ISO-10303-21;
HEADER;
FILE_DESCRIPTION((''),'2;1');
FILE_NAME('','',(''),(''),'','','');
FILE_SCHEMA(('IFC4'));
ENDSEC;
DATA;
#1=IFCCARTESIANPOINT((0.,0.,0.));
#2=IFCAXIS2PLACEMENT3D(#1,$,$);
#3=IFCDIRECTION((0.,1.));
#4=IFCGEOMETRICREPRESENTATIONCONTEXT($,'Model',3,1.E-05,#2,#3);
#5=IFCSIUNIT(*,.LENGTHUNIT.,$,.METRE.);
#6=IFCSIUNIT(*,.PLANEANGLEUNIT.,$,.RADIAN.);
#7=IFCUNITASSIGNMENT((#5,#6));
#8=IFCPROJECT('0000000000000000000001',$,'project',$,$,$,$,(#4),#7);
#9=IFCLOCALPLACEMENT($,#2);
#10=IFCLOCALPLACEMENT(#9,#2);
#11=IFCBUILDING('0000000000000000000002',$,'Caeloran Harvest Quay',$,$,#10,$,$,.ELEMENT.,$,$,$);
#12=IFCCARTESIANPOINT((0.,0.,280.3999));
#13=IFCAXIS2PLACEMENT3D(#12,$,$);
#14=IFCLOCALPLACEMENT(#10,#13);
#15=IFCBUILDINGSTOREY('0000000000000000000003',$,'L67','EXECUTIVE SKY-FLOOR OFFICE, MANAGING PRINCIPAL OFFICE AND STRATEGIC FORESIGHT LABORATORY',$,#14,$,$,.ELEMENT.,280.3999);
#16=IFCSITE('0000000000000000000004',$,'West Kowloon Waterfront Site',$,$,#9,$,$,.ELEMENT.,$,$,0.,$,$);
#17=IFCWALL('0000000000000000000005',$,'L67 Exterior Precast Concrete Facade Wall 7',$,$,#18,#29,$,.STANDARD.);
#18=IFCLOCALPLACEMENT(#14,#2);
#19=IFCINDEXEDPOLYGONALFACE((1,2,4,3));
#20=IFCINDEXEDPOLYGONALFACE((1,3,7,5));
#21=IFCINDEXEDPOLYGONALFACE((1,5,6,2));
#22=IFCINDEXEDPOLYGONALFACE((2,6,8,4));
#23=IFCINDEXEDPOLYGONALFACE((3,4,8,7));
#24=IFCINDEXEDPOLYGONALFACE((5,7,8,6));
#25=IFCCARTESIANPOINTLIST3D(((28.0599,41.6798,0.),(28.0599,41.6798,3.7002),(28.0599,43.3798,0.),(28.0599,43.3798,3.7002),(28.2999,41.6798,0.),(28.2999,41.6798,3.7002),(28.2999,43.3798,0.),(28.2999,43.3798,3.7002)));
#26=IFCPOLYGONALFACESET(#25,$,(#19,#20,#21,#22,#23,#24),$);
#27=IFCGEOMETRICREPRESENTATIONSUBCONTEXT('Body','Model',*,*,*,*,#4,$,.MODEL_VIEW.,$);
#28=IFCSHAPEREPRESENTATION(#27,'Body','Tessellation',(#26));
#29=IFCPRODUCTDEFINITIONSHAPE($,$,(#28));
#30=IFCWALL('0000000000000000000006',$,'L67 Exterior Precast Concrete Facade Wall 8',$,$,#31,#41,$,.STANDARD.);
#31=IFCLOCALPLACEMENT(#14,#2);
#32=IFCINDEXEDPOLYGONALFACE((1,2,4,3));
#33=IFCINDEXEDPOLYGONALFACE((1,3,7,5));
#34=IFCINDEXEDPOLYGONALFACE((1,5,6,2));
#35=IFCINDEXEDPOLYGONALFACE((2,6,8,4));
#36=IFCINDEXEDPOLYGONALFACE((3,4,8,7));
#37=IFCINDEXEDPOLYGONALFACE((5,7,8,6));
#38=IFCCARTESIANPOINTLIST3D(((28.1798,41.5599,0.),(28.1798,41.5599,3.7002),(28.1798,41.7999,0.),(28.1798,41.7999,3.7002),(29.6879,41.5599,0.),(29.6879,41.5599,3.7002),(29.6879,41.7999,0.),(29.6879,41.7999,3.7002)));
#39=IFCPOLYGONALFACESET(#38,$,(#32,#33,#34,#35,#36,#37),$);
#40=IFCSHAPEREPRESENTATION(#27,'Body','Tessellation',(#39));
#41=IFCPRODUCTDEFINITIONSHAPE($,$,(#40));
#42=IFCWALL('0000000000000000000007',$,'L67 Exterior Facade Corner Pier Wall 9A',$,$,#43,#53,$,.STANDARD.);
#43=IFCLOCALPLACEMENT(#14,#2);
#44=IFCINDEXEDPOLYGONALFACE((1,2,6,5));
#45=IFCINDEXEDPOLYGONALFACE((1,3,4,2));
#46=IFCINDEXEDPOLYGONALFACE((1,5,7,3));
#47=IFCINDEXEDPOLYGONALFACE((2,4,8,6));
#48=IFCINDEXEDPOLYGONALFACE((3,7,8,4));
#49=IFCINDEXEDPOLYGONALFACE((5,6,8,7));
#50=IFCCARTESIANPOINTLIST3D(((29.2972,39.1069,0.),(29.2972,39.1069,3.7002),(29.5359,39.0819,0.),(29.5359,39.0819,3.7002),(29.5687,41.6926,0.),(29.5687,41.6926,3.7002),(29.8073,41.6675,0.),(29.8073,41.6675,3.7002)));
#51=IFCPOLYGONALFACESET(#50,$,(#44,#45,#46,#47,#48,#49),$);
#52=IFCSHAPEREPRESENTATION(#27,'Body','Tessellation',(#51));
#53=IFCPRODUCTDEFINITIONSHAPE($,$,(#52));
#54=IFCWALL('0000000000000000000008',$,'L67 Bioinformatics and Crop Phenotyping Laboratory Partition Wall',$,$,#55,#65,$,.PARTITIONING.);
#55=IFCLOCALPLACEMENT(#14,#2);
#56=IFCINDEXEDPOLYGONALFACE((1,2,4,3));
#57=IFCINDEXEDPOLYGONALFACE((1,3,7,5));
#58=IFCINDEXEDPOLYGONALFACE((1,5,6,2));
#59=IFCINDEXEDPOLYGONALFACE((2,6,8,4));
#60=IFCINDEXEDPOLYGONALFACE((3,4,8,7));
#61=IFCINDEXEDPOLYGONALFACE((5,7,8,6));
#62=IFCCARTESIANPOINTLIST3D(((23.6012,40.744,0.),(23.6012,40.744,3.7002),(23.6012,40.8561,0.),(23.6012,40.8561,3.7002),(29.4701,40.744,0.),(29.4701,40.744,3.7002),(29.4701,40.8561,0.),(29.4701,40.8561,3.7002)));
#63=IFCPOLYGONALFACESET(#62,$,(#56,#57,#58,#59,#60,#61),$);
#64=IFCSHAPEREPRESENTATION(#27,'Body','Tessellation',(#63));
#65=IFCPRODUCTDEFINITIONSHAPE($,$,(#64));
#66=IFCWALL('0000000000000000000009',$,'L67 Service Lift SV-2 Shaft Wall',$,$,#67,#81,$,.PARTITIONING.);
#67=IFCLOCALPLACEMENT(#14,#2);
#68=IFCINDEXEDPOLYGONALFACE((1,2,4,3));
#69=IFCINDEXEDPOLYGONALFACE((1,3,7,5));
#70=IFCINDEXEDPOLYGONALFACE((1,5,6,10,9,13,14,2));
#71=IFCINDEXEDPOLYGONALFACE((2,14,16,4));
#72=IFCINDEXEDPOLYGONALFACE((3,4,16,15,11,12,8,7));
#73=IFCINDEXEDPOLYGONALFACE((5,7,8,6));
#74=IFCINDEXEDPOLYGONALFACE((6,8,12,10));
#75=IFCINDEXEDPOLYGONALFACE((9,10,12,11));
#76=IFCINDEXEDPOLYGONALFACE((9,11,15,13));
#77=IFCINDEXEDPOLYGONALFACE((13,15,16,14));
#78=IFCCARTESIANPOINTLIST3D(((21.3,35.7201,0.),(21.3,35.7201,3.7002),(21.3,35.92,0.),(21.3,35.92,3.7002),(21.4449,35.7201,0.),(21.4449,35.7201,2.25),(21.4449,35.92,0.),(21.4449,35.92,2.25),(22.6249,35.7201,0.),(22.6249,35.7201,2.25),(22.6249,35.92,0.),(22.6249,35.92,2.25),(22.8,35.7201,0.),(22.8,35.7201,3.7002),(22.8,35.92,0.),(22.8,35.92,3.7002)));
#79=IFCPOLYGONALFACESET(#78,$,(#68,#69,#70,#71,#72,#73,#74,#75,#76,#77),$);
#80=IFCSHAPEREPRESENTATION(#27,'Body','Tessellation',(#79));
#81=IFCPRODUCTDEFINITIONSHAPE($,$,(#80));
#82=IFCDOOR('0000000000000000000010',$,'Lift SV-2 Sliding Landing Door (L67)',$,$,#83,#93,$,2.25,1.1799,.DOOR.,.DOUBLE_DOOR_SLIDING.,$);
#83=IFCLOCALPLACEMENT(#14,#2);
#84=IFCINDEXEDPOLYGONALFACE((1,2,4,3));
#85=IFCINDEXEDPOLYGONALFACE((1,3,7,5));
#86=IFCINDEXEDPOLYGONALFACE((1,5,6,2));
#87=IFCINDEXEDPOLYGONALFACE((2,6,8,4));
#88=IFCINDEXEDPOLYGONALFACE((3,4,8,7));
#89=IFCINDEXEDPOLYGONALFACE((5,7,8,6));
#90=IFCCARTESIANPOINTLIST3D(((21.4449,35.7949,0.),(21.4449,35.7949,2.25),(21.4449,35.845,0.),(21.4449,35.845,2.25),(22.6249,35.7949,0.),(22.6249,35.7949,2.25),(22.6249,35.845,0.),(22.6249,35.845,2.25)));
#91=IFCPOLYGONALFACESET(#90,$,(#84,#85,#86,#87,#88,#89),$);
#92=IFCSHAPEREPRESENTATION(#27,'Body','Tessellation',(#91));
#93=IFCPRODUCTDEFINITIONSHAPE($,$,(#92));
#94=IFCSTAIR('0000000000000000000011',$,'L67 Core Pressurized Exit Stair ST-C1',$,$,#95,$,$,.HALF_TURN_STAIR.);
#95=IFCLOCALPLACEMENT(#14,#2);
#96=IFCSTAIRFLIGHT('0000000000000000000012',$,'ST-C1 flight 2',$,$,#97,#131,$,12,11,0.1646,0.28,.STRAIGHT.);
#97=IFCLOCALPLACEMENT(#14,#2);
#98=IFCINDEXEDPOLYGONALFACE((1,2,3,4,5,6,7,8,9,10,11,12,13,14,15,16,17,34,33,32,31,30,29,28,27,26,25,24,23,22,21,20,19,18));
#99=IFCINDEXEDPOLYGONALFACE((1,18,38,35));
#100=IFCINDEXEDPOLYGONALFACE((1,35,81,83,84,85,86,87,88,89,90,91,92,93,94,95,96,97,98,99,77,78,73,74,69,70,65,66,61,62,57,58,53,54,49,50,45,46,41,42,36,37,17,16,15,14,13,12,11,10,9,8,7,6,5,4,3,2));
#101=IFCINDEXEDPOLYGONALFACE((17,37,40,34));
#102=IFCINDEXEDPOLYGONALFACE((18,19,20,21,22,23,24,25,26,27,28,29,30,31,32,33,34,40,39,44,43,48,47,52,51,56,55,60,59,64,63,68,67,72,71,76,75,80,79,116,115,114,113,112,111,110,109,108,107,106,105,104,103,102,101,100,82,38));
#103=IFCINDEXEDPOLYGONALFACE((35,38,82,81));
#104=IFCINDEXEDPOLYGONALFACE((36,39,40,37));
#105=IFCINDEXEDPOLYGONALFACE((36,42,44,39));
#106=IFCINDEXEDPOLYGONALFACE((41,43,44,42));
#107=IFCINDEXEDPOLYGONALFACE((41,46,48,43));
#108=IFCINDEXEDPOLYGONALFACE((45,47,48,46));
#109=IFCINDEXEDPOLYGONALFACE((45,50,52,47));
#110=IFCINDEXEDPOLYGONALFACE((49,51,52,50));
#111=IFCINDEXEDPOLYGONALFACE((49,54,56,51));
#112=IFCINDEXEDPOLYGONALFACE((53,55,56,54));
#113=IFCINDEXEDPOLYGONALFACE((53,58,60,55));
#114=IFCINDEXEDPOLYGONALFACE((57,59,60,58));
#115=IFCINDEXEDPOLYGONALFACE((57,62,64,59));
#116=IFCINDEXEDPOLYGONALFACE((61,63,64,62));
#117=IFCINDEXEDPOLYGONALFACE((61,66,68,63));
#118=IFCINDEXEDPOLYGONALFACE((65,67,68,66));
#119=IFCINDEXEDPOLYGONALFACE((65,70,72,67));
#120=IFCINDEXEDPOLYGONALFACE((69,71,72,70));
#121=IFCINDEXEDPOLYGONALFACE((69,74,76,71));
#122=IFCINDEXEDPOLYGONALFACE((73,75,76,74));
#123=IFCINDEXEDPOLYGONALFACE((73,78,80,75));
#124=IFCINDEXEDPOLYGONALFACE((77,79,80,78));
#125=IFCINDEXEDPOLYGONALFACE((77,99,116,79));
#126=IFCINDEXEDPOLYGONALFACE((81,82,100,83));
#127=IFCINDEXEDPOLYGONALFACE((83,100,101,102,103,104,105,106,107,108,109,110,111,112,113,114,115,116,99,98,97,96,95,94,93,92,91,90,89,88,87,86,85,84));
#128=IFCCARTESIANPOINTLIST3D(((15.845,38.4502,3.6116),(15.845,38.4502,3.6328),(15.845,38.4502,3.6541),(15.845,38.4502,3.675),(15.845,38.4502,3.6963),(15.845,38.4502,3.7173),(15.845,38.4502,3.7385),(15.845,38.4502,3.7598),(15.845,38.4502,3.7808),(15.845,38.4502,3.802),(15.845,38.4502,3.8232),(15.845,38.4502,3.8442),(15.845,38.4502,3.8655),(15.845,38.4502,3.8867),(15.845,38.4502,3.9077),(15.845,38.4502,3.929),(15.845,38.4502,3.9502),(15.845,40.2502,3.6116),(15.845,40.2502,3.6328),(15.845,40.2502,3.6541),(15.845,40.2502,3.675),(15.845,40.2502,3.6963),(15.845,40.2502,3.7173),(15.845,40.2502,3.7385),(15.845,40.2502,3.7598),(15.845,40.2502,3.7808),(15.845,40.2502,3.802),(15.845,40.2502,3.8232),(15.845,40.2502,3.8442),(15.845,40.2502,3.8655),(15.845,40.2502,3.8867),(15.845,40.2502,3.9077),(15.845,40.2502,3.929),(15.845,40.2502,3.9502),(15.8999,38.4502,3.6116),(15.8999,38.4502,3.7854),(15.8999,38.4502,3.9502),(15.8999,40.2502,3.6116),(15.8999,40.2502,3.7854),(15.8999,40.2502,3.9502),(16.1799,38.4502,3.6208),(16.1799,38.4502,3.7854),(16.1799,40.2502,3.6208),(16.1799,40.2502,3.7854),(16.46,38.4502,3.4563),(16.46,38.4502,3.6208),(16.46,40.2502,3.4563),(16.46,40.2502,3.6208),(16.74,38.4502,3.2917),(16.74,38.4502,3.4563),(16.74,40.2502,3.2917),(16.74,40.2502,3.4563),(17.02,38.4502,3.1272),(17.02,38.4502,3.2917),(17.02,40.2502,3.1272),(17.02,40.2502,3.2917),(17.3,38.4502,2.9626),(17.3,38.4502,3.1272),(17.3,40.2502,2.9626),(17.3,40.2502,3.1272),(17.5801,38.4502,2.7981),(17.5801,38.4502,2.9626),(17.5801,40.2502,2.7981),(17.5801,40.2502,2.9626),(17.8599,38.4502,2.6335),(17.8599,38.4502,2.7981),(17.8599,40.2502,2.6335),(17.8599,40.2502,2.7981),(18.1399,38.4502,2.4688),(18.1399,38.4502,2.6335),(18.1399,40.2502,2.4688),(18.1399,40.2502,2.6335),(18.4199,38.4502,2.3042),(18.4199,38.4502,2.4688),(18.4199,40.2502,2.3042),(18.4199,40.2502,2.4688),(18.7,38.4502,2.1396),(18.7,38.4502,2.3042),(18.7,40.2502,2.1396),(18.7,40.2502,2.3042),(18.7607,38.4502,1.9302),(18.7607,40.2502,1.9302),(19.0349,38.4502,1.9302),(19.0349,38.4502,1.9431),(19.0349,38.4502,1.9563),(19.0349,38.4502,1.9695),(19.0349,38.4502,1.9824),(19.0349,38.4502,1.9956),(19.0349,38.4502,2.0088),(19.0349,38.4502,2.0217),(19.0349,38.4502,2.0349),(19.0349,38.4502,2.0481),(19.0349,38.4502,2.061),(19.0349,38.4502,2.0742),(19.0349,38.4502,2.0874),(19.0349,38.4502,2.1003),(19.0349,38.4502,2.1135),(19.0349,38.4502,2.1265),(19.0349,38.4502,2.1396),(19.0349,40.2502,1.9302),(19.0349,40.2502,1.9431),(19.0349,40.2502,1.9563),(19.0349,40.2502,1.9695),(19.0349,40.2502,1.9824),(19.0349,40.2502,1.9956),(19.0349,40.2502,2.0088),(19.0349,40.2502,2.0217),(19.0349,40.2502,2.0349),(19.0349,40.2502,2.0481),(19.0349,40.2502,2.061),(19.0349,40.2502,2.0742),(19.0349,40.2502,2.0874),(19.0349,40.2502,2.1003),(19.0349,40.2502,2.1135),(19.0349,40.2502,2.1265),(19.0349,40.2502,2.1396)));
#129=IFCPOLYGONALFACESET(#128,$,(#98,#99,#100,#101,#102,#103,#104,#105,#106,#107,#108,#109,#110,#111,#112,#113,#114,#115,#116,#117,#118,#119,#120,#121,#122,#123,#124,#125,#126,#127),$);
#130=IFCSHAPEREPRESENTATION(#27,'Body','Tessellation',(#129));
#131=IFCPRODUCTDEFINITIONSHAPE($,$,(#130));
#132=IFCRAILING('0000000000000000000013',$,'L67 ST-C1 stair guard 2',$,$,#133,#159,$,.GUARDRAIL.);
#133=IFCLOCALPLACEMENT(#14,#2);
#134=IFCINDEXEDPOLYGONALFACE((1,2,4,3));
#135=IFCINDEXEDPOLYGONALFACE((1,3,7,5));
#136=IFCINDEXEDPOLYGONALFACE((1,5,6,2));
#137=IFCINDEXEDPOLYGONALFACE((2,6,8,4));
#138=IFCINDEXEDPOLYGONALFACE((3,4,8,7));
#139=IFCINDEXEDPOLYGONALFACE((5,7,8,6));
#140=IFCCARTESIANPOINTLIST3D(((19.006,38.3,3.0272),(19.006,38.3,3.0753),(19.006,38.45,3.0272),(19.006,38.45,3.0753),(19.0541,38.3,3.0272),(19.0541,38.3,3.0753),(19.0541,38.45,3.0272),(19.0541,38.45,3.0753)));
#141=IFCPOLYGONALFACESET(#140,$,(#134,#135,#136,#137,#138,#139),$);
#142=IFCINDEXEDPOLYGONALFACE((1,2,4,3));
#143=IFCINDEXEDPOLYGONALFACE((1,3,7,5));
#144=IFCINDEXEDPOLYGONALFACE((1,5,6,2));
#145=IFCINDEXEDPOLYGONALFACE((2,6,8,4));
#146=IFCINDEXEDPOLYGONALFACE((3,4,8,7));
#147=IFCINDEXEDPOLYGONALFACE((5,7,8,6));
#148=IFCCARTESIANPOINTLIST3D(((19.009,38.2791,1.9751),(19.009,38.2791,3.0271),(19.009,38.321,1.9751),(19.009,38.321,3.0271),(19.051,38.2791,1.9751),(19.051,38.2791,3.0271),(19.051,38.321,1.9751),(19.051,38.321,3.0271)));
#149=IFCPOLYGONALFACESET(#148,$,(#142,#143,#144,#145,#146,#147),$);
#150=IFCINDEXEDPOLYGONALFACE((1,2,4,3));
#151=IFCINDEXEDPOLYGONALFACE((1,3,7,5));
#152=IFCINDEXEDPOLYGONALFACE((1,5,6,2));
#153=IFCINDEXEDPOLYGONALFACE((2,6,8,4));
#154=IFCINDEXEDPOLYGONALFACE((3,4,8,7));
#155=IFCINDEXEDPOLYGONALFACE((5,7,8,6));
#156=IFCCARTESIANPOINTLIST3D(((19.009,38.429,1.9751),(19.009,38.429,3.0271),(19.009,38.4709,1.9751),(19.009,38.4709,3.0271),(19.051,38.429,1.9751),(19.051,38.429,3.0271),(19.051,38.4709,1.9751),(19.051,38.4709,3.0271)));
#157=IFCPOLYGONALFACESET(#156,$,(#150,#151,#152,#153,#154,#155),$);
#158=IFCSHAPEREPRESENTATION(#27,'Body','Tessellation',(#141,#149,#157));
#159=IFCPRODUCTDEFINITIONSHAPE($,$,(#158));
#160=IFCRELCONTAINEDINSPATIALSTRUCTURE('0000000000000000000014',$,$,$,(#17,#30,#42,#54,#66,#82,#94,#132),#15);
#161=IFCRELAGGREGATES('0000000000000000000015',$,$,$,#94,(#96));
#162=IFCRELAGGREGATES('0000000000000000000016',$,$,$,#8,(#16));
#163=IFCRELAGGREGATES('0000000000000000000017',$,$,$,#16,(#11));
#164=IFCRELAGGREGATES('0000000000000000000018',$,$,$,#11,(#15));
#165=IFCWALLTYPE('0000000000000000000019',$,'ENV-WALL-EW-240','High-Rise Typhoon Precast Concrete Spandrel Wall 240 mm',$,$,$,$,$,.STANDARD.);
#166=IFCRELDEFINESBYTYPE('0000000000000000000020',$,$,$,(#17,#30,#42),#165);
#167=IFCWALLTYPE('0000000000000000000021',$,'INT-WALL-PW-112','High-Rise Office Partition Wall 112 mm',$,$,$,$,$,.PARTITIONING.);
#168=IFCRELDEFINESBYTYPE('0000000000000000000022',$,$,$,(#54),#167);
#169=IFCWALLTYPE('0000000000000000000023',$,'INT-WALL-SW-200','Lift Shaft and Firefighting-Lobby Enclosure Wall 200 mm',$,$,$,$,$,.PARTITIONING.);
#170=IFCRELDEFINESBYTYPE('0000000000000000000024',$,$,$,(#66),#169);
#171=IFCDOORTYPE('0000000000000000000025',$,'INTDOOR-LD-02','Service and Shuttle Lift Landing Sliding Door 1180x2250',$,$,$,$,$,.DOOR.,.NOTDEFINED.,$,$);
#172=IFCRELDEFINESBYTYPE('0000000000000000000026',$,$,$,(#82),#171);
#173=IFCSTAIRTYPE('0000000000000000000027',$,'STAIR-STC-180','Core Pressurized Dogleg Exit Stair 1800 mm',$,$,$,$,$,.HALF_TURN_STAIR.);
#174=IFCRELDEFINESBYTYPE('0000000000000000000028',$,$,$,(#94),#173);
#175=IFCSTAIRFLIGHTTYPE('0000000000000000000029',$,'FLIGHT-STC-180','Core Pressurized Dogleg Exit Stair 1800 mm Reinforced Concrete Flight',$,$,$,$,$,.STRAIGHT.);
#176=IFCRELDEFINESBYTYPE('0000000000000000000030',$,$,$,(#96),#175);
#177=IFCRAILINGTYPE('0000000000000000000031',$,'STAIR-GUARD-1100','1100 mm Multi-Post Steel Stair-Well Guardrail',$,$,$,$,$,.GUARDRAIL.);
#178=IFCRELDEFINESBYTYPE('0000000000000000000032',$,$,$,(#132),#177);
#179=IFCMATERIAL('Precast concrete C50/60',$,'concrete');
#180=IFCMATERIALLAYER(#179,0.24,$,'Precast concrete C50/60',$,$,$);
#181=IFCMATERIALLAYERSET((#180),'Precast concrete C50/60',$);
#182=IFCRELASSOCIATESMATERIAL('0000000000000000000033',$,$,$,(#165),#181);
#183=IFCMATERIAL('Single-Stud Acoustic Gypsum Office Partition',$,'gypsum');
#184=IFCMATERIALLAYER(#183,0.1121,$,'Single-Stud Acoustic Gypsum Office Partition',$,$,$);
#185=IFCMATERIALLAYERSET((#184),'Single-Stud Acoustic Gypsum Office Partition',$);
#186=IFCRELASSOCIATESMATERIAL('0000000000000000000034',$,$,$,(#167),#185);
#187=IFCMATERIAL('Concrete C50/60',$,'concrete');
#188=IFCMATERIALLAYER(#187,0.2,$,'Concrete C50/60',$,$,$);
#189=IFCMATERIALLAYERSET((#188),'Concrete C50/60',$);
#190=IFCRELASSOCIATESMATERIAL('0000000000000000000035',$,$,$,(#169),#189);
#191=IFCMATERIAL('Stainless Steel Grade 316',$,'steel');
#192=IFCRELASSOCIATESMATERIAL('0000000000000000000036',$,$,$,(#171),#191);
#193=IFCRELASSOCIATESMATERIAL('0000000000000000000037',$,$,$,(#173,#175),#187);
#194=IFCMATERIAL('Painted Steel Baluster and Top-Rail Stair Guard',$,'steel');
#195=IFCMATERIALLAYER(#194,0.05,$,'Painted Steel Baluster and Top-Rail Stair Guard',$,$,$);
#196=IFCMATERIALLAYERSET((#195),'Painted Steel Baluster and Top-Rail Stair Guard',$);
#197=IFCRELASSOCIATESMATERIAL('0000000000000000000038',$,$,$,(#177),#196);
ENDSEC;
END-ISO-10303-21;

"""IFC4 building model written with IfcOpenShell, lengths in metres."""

from ifc_helpers import new_model, si_unit, direction, frame, frame_2d, origin, origin_2d, place, context, subcontext, project, spatial, polyline, rectangle, outline, extrude, material, layer, layer_set, type_object, element, fill, aggregate, save


model = new_model("IFC4")

# Units and contexts
model_context = context("Model", 3, precision=1e-05, world=origin(), true_north=direction((0.0, 1.0)))
body_context = subcontext(model_context, "Body", "Model", "MODEL_VIEW")
ifc_project = project(units=[si_unit("LENGTHUNIT", "METRE"), si_unit("PLANEANGLEUNIT", "RADIAN")], contexts=[model_context])

# Site, building, storey
site_placement = place(None, origin())
site = spatial("IfcSite", under=ifc_project, at=site_placement, Name="West Kowloon Waterfront Site", CompositionType="ELEMENT", RefElevation=0.0)
building_placement = place(site_placement, origin())
building = spatial("IfcBuilding", under=site, at=building_placement, Name="Caeloran Harvest Quay", CompositionType="ELEMENT")
storey_placement = place(building_placement, frame((0.0, 0.0, 280.3999)))
storey = spatial("IfcBuildingStorey", under=building, at=storey_placement, Name="L67", Description="EXECUTIVE SKY-FLOOR OFFICE, MANAGING PRINCIPAL OFFICE AND STRATEGIC FORESIGHT LABORATORY", CompositionType="ELEMENT", Elevation=280.3999)

# Walls
ifc_material_1 = material(Name="Precast concrete C50/60", Category="concrete")
ifc_layer_1 = layer(ifc_material_1, 0.24, Name="Precast concrete C50/60")
ifc_layer_set_1 = layer_set([ifc_layer_1], Name="Precast concrete C50/60")
wall_type_1 = type_object("IfcWallType", Name="ENV-WALL-EW-240", Description="High-Rise Typhoon Precast Concrete Spandrel Wall 240 mm", PredefinedType="STANDARD", material=ifc_layer_set_1)
wall_1_placement = place(storey_placement, frame((28.1799, 43.3799, 0.0), z_axis=(0.0, 0.0, 1.0), x_axis=(0.0, -1.0, 0.0)))
element("IfcWall", 1, at=wall_1_placement, inside=storey, type_object=wall_type_1, Name="L67 Exterior Precast Concrete Facade Wall 7", PredefinedType="STANDARD", context=body_context, shape_type="SweptSolid", body=[
    extrude(rectangle(XDim=1.7, YDim=0.24, at=frame_2d((0.8501, 0.0))), origin(), (0.0, 0.0, 1.0), 3.7002),
])
wall_2_placement = place(storey_placement, frame((28.1799, 41.6799, 0.0), z_axis=(0.0, 0.0, 1.0), x_axis=(1.0, 0.0, 0.0)))
element("IfcWall", 2, at=wall_2_placement, inside=storey, type_object=wall_type_1, Name="L67 Exterior Precast Concrete Facade Wall 8", PredefinedType="STANDARD", context=body_context, shape_type="SweptSolid", body=[
    extrude(rectangle(XDim=1.5081, YDim=0.24, at=frame_2d((0.7539, 0.0))), origin(), (0.0, 0.0, 1.0), 3.7002),
])
wall_3_placement = place(storey_placement, frame((29.688, 41.6799, 0.0), z_axis=(0.0, 0.0, 1.0), x_axis=(-0.104421, -0.994533, 0.0)))
element("IfcWall", 3, at=wall_3_placement, inside=storey, type_object=wall_type_1, Name="L67 Exterior Facade Corner Pier Wall 9A", PredefinedType="STANDARD", context=body_context, shape_type="SweptSolid", body=[
    extrude(rectangle(XDim=2.5999, YDim=0.24, at=frame_2d((1.2998, 0.0))), origin(), (0.0, 0.0, 1.0), 3.7002),
])
ifc_material_2 = material(Name="Single-Stud Acoustic Gypsum Office Partition", Category="gypsum")
ifc_layer_2 = layer(ifc_material_2, 0.1121, Name="Single-Stud Acoustic Gypsum Office Partition")
ifc_layer_set_2 = layer_set([ifc_layer_2], Name="Single-Stud Acoustic Gypsum Office Partition")
wall_type_2 = type_object("IfcWallType", Name="INT-WALL-PW-112", Description="High-Rise Office Partition Wall 112 mm", PredefinedType="PARTITIONING", material=ifc_layer_set_2)
wall_4_placement = place(storey_placement, frame((23.6011, 40.8, 0.0), z_axis=(0.0, 0.0, 1.0), x_axis=(1.0, 0.0, 0.0)))
element("IfcWall", 4, at=wall_4_placement, inside=storey, type_object=wall_type_2, Name="L67 Bioinformatics and Crop Phenotyping Laboratory Partition Wall", PredefinedType="PARTITIONING", context=body_context, shape_type="SweptSolid", body=[
    extrude(rectangle(XDim=5.8689, YDim=0.1121, at=frame_2d((2.9346, 0.0))), origin(), (0.0, 0.0, 1.0), 3.7002),
])

# Wall, opening, door
ifc_material_3 = material(Name="Concrete C50/60", Category="concrete")
ifc_layer_3 = layer(ifc_material_3, 0.2, Name="Concrete C50/60")
ifc_layer_set_3 = layer_set([ifc_layer_3], Name="Concrete C50/60")
wall_type_3 = type_object("IfcWallType", Name="INT-WALL-SW-200", Description="Lift Shaft and Firefighting-Lobby Enclosure Wall 200 mm", PredefinedType="PARTITIONING", material=ifc_layer_set_3)
wall_5_placement = place(storey_placement, frame((21.3, 35.8201, 0.0), z_axis=(0.0, 0.0, 1.0), x_axis=(1.0, 0.0, 0.0)))
wall_5 = element("IfcWall", 5, at=wall_5_placement, inside=storey, type_object=wall_type_3, Name="L67 Service Lift SV-2 Shaft Wall", PredefinedType="PARTITIONING", context=body_context, shape_type="SweptSolid", body=[
    extrude(rectangle(XDim=1.5, YDim=0.2, at=frame_2d((0.75, 0.0))), origin(), (0.0, 0.0, 1.0), 3.7002),
])
opening_placement = place(wall_5_placement, frame((0.145, 0.0, 0.0)))
opening = element("IfcOpeningElement", 6, at=opening_placement, cuts=wall_5, PredefinedType="OPENING", context=body_context, shape_type="SweptSolid", body=[
    extrude(rectangle(XDim=1.1799, YDim=2.25, at=frame_2d((0.5898, 1.125))), frame((0.0, 0.1099, 0.0), z_axis=(0.0, -1.0, 0.0), x_axis=(1.0, 0.0, 0.0)), (0.0, 0.0, 1.0), 0.22),
])
ifc_material_4 = material(Name="Stainless Steel Grade 316", Category="steel")
door_type = type_object("IfcDoorType", Name="INTDOOR-LD-02", Description="Service and Shuttle Lift Landing Sliding Door 1180x2250", OperationType="NOTDEFINED", PredefinedType="DOOR", material=ifc_material_4)
door_placement = place(opening_placement, origin())
door = element("IfcDoor", 7, at=door_placement, inside=storey, type_object=door_type, Name="Lift SV-2 Sliding Landing Door (L67)", OperationType="DOUBLE_DOOR_SLIDING", OverallHeight=2.25, OverallWidth=1.1799, PredefinedType="DOOR", context=body_context, shape_type="SweptSolid", body=[
    extrude(rectangle(XDim=1.1799, YDim=2.25, at=frame_2d((0.5898, 1.125))), frame((0.0, 0.0249, 0.0), z_axis=(0.0, -1.0, 0.0), x_axis=(1.0, 0.0, 0.0)), (0.0, 0.0, 1.0), 0.05),
])
fill(opening, door)

# Stair, stair flight
stair_type = type_object("IfcStairType", Name="STAIR-STC-180", Description="Core Pressurized Dogleg Exit Stair 1800 mm", PredefinedType="HALF_TURN_STAIR", material=ifc_material_3)
stair_placement = place(storey_placement, origin())
stair = element("IfcStair", 8, at=stair_placement, inside=storey, type_object=stair_type, Name="L67 Core Pressurized Exit Stair ST-C1", PredefinedType="HALF_TURN_STAIR")
stair_flight_type = type_object("IfcStairFlightType", Name="FLIGHT-STC-180", Description="Core Pressurized Dogleg Exit Stair 1800 mm Reinforced Concrete Flight", PredefinedType="STRAIGHT", material=ifc_material_3)
stair_flight_placement = place(storey_placement, frame((18.98, 39.3501, 1.9751), z_axis=(0.0, 0.0, 1.0), x_axis=(-1.0, 0.0, 0.0)))
stair_flight = element("IfcStairFlight", 9, at=stair_flight_placement, type_object=stair_flight_type, Name="ST-C1 flight 2", NumberOfRisers=12, NumberOfTreads=11, PredefinedType="STRAIGHT", RiserHeight=0.1646, TreadLength=0.28, context=body_context, shape_type="SweptSolid", body=[
    extrude(outline(polyline([(-0.0549, -0.0449), (-0.0549, -0.032), (-0.0549, -0.0188), (-0.0549, -0.0056), (-0.0549, 0.0073), (-0.0549, 0.0205), (-0.0549, 0.0337), (-0.0549, 0.0466), (-0.0549, 0.0598), (-0.0549, 0.073), (-0.0549, 0.0859), (-0.0549, 0.0991), (-0.0549, 0.1123), (-0.0549, 0.1252), (-0.0549, 0.1384), (-0.0549, 0.1514), (-0.0549, 0.1646), (0.28, 0.1646), (0.28, 0.3291), (0.5601, 0.3291), (0.5601, 0.4937), (0.8401, 0.4937), (0.8401, 0.6584), (1.1201, 0.6584), (1.1201, 0.823), (1.3999, 0.823), (1.3999, 0.9875), (1.6799, 0.9875), (1.6799, 1.1521), (1.96, 1.1521), (1.96, 1.3167), (2.24, 1.3167), (2.24, 1.4812), (2.52, 1.4812), (2.52, 1.6458), (2.8, 1.6458), (2.8, 1.8103), (3.0801, 1.8103), (3.0801, 1.9751), (3.135, 1.9751), (3.135, 1.9539), (3.135, 1.9326), (3.135, 1.9116), (3.135, 1.8904), (3.135, 1.8691), (3.135, 1.8481), (3.135, 1.8269), (3.135, 1.8057), (3.135, 1.7847), (3.135, 1.7634), (3.135, 1.7422), (3.135, 1.7212), (3.135, 1.7), (3.135, 1.679), (3.135, 1.6577), (3.135, 1.6365), (3.0801, 1.6365), (0.2192, -0.0449), (-0.0549, -0.0449)])), frame((0.0, 0.8999, 0.0), z_axis=(0.0, -1.0, 0.0), x_axis=(1.0, 0.0, 0.0)), (0.0, 0.0, 1.0), 1.8),
])
aggregate(stair, [stair_flight])

# Railing
ifc_material_5 = material(Name="Painted Steel Baluster and Top-Rail Stair Guard", Category="steel")
ifc_layer_4 = layer(ifc_material_5, 0.05, Name="Painted Steel Baluster and Top-Rail Stair Guard")
ifc_layer_set_4 = layer_set([ifc_layer_4], Name="Painted Steel Baluster and Top-Rail Stair Guard")
railing_type_1 = type_object("IfcRailingType", Name="STAIR-GUARD-1100", Description="1100 mm Multi-Post Steel Stair-Well Guardrail", PredefinedType="GUARDRAIL", material=ifc_layer_set_4)
railing_1_placement = place(storey_placement, frame((19.03, 38.3, 1.9751)))
element("IfcRailing", 10, at=railing_1_placement, inside=storey, type_object=railing_type_1, Name="L67 ST-C1 stair guard 2", PredefinedType="GUARDRAIL", context=body_context, shape_type="SweptSolid", body=[
    extrude(rectangle(XDim=0.0481, YDim=0.0481, at=origin_2d()), frame((0.0, 0.0, 1.0762), z_axis=(0.0, 1.0, 0.0), x_axis=(-1.0, 0.0, 0.0)), (0.0, 0.0, 1.0), 0.1499),
    extrude(rectangle(XDim=0.042, YDim=0.042, at=origin_2d()), origin(), (0.0, 0.0, 1.0), 1.052),
    extrude(rectangle(XDim=0.042, YDim=0.042, at=origin_2d()), frame((0.0, 0.1499, 0.0)), (0.0, 0.0, 1.0), 1.052),
])

save(model, "model.ifc")
